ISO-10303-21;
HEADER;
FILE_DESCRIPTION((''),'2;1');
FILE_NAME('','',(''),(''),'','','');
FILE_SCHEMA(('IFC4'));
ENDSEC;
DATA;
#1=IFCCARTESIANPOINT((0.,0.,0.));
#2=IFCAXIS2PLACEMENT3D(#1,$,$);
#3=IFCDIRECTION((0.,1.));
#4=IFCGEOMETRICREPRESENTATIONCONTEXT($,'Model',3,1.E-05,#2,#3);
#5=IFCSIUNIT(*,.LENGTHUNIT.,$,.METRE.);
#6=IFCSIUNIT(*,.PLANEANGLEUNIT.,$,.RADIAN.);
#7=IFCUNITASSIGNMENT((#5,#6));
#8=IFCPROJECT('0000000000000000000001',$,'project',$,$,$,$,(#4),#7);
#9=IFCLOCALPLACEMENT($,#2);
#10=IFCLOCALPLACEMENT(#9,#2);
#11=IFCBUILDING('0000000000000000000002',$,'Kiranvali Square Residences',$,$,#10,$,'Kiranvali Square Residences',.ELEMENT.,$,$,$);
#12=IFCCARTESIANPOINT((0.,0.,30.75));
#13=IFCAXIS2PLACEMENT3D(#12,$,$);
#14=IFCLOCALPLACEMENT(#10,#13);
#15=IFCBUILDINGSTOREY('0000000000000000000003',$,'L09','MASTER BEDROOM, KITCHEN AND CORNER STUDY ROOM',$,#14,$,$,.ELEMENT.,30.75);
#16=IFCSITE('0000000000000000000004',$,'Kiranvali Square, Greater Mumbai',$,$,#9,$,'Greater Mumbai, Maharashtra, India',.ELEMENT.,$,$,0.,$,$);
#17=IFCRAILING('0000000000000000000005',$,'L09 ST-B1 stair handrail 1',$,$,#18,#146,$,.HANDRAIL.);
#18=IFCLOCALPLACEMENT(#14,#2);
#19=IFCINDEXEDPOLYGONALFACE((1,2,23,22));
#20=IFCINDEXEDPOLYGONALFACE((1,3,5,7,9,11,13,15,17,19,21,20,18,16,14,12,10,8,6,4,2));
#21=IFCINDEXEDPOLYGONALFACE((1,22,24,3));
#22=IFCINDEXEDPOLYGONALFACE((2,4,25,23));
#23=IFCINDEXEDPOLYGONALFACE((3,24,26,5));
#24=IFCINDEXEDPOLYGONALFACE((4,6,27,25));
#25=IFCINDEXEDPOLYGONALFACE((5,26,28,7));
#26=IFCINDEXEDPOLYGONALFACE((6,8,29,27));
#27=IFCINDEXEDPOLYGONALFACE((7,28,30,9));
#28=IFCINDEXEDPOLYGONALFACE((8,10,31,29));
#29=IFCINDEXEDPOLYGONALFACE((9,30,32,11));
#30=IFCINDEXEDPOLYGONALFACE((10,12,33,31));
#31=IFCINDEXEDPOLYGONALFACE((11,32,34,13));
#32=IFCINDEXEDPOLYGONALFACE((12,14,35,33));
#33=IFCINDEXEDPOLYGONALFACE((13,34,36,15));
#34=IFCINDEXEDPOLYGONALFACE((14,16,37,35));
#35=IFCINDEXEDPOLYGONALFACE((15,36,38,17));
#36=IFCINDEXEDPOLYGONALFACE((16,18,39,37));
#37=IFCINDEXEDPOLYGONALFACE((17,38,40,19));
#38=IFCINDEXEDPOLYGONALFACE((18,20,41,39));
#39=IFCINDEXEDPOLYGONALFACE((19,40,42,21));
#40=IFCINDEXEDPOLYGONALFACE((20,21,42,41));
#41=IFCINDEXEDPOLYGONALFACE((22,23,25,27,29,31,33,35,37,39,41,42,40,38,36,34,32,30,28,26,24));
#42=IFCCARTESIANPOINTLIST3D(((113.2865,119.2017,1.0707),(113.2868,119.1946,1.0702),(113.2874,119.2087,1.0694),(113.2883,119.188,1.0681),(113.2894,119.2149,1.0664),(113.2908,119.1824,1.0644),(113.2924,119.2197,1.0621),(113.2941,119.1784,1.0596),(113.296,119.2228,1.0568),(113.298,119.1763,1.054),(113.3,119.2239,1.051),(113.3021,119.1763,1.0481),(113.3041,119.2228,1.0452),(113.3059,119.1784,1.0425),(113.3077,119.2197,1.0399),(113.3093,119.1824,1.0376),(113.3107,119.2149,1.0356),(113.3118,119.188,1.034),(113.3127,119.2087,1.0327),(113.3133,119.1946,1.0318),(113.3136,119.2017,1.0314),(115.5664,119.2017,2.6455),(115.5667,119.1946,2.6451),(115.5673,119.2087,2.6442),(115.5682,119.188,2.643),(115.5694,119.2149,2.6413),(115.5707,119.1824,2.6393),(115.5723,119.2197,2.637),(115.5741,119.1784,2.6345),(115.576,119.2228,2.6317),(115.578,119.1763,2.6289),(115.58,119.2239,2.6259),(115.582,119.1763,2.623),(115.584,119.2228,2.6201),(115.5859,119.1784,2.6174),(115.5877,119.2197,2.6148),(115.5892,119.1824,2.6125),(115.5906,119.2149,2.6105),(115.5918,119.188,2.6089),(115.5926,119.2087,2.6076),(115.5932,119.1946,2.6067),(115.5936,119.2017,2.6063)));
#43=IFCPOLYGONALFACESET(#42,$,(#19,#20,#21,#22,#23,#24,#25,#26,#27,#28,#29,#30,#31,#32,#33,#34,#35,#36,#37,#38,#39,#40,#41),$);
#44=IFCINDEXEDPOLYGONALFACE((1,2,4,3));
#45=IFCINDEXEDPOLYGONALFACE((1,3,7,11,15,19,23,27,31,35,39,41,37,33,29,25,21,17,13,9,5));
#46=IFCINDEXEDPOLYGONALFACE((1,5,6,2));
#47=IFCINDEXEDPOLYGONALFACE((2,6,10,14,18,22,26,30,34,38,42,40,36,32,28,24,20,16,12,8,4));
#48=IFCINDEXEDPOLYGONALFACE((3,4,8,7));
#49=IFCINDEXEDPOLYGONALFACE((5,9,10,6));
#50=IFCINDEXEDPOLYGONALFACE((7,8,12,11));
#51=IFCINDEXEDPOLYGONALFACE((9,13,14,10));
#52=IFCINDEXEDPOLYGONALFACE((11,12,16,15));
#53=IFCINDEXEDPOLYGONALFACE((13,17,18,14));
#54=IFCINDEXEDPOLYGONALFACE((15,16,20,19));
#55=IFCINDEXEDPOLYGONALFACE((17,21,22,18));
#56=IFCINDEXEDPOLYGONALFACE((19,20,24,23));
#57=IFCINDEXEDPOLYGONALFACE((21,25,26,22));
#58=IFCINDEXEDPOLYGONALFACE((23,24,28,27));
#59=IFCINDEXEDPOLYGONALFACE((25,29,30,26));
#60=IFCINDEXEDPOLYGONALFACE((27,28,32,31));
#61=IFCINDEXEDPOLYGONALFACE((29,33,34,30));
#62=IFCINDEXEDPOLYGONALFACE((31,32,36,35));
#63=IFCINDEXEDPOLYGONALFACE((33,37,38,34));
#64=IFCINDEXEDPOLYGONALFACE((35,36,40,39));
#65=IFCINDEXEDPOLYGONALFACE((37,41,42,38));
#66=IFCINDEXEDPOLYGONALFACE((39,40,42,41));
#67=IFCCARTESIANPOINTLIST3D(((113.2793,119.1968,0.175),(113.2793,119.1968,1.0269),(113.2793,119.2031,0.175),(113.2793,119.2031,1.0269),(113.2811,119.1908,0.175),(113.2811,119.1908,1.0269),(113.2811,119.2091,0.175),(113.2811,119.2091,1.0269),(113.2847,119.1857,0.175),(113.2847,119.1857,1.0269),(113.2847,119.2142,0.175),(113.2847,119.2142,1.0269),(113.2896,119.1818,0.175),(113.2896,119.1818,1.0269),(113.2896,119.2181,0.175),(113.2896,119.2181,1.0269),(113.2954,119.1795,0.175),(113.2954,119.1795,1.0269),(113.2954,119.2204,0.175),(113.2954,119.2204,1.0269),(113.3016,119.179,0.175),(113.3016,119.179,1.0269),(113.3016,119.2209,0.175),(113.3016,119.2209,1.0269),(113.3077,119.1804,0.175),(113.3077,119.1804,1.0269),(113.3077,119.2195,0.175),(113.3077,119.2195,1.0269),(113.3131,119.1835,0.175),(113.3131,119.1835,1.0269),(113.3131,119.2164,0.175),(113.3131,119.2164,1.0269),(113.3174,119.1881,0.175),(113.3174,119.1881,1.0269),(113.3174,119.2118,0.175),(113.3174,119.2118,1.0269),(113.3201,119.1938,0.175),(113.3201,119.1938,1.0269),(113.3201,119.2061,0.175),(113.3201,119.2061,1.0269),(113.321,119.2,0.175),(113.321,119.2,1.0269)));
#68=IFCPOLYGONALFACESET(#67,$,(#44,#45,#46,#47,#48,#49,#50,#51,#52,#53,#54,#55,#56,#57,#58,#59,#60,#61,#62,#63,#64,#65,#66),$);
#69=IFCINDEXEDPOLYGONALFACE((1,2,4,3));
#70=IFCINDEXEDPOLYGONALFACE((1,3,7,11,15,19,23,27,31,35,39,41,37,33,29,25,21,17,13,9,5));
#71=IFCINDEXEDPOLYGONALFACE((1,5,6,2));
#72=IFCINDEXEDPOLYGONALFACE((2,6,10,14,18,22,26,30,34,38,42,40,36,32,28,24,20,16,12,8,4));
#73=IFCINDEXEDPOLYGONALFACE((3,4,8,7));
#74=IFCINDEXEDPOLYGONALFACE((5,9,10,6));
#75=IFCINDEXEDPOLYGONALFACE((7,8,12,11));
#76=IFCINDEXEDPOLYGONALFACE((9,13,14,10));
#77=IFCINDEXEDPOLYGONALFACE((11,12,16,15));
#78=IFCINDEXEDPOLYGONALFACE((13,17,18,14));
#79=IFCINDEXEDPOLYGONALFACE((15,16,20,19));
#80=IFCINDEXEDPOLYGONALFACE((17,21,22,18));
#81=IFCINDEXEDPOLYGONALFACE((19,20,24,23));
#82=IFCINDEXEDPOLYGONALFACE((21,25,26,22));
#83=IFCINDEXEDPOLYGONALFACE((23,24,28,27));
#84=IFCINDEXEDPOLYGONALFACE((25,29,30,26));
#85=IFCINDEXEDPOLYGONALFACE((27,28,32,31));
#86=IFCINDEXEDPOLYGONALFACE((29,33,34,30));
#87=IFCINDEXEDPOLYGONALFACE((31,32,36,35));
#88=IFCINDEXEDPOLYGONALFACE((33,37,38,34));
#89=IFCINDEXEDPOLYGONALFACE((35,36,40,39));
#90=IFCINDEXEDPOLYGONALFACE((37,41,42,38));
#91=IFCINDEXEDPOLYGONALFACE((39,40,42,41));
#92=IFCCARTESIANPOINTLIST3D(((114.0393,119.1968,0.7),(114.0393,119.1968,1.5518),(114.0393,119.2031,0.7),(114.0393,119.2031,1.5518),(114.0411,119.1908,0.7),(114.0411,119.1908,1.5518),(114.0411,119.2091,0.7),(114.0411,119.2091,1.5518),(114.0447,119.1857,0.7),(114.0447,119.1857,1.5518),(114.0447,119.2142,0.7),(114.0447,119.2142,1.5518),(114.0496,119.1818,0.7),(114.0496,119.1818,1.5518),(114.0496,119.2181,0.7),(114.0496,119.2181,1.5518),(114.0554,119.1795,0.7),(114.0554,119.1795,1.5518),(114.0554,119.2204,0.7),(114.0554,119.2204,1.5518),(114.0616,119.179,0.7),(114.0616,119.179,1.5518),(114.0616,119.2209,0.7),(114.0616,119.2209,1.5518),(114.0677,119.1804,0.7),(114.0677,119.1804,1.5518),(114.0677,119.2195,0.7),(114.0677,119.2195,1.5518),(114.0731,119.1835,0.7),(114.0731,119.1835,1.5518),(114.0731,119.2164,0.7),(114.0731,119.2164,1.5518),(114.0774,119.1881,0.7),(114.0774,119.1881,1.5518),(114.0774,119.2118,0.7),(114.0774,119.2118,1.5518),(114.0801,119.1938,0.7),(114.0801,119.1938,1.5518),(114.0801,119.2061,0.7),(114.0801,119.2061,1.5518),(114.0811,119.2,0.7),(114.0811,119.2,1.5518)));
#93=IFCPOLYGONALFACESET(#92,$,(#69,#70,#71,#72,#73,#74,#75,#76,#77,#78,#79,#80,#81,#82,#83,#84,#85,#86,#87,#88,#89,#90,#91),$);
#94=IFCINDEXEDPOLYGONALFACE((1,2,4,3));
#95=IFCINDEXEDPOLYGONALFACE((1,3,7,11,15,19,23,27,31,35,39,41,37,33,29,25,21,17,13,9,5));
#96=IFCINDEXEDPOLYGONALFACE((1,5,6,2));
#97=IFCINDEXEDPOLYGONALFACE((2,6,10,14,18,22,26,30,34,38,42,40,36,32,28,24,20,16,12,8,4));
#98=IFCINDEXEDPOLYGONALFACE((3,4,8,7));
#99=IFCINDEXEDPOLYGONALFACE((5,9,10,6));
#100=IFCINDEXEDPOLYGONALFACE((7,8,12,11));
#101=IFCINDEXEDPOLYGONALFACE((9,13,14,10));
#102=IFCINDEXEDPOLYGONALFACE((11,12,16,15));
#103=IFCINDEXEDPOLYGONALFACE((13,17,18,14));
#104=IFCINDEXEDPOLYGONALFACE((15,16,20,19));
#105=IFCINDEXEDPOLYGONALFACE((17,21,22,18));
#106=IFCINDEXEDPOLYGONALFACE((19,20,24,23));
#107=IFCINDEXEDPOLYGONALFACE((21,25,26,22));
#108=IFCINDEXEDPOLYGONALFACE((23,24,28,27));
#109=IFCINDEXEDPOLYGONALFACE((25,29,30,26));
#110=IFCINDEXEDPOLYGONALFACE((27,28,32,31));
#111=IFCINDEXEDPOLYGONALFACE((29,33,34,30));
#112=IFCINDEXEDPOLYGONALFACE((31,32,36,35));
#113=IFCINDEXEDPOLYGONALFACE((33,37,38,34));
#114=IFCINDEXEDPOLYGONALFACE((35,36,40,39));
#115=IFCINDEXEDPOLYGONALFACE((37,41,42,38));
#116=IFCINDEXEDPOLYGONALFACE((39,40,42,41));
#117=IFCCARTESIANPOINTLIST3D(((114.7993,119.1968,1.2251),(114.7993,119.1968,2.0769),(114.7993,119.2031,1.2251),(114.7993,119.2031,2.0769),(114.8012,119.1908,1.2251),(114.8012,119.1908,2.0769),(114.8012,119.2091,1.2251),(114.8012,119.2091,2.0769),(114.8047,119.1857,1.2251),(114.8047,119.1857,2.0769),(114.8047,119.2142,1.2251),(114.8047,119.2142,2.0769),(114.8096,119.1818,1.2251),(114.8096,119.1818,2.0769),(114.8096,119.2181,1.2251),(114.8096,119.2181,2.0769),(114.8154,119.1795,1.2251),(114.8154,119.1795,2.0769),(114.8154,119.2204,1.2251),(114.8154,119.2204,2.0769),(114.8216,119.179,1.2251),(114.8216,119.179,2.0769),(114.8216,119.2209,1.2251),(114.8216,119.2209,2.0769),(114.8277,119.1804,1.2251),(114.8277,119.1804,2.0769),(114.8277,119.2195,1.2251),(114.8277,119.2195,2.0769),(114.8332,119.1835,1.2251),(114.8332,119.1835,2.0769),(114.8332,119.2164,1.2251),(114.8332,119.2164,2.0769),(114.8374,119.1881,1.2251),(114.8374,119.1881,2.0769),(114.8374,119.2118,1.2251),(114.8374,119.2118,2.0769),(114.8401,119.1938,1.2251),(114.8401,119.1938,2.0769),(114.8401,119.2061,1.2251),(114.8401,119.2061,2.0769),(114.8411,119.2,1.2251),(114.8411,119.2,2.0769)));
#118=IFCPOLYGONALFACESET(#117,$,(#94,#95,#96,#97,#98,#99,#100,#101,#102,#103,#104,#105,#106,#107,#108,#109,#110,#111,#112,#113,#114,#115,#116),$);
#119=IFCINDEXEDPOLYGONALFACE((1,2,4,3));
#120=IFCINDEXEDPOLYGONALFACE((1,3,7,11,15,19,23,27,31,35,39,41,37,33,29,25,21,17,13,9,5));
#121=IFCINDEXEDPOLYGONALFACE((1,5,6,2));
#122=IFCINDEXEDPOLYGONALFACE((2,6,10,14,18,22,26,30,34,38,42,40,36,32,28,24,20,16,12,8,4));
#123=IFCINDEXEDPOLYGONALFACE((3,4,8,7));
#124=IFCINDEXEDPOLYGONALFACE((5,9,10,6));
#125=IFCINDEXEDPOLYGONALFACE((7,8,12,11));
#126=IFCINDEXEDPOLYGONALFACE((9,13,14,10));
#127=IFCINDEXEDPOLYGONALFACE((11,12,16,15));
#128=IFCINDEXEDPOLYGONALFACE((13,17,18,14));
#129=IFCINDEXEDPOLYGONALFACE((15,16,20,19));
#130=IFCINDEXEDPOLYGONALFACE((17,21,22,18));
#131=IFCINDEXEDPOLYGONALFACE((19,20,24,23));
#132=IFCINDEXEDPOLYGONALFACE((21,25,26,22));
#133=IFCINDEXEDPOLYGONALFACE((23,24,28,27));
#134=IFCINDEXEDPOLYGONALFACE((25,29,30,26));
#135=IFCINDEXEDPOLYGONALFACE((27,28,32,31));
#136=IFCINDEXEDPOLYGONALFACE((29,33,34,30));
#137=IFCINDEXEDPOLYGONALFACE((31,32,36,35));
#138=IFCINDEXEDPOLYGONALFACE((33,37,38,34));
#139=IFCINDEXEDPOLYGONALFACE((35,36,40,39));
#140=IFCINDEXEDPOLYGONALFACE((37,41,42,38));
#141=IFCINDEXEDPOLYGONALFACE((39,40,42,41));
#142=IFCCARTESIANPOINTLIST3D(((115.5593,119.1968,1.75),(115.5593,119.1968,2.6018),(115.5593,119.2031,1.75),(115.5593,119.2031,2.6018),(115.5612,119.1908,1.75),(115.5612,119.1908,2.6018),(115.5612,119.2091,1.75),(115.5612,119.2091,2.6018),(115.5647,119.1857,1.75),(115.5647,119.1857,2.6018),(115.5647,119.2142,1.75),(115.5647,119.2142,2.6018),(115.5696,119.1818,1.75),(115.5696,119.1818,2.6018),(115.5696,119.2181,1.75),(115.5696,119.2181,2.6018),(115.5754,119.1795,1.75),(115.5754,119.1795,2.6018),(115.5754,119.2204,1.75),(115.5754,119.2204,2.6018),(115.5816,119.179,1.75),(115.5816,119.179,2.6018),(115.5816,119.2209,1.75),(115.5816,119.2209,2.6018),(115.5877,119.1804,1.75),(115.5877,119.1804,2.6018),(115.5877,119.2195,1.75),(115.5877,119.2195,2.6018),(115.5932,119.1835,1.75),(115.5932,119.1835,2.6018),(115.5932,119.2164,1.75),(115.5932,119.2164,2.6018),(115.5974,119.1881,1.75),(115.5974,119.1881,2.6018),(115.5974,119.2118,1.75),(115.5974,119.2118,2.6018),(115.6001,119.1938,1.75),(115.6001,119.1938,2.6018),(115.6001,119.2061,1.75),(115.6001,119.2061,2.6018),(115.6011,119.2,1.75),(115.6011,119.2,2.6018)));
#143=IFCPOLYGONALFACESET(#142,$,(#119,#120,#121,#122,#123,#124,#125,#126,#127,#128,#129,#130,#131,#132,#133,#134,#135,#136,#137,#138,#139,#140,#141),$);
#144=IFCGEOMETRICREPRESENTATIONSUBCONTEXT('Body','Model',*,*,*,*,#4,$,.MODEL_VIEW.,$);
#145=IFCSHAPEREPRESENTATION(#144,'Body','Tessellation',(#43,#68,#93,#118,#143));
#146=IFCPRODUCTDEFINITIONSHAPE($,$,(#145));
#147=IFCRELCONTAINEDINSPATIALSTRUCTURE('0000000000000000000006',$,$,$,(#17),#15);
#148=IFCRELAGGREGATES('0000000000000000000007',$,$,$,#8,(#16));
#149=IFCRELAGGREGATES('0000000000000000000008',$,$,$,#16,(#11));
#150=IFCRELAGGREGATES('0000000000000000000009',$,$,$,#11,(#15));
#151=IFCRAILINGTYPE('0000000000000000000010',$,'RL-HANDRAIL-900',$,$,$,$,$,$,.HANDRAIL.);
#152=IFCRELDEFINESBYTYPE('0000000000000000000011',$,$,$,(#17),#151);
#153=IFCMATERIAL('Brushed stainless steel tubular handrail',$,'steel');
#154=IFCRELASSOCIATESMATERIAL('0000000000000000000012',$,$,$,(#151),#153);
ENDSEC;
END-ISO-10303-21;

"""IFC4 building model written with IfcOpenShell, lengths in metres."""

from ifc_helpers import new_model, si_unit, direction, frame, origin, origin_2d, place, context, subcontext, project, spatial, circle, extrude, material, type_object, element, save


model = new_model("IFC4")

# Units and contexts
model_context = context("Model", 3, precision=1e-05, world=origin(), true_north=direction((0.0, 1.0)))
body_context = subcontext(model_context, "Body", "Model", "MODEL_VIEW")
ifc_project = project(units=[si_unit("LENGTHUNIT", "METRE"), si_unit("PLANEANGLEUNIT", "RADIAN")], contexts=[model_context])

# Site, building, storey
site_placement = place(None, origin())
site = spatial("IfcSite", under=ifc_project, at=site_placement, Name="Kiranvali Square, Greater Mumbai", LongName="Greater Mumbai, Maharashtra, India", CompositionType="ELEMENT", RefElevation=0.0)
building_placement = place(site_placement, origin())
building = spatial("IfcBuilding", under=site, at=building_placement, Name="Kiranvali Square Residences", LongName="Kiranvali Square Residences", CompositionType="ELEMENT")
storey_placement = place(building_placement, frame((0.0, 0.0, 30.75)))
storey = spatial("IfcBuildingStorey", under=building, at=storey_placement, Name="L09", Description="MASTER BEDROOM, KITCHEN AND CORNER STUDY ROOM", CompositionType="ELEMENT", Elevation=30.75)

# Railing
ifc_material_1 = material(Name="Brushed stainless steel tubular handrail", Category="steel")
railing_type_1 = type_object("IfcRailingType", Name="RL-HANDRAIL-900", PredefinedType="HANDRAIL", material=ifc_material_1)
railing_1_placement = place(storey_placement, frame((113.3, 119.2, 0.175)))
element("IfcRailing", 1, at=railing_1_placement, inside=storey, type_object=railing_type_1, Name="L09 ST-B1 stair handrail 1", PredefinedType="HANDRAIL", context=body_context, shape_type="SweptSolid", body=[
    extrude(circle(Radius=0.0239, at=origin_2d()), frame((0.0, 0.0, 0.876), z_axis=(0.822788, 0.0, 0.568348), x_axis=(0.0, 1.0, 0.0)), (0.0, 0.0, 1.0), 2.771),
    extrude(circle(Radius=0.021, at=origin_2d()), origin(), (0.0, 0.0, 1.0), 0.8518),
    extrude(circle(Radius=0.021, at=origin_2d()), frame((0.76, 0.0, 0.5249)), (0.0, 0.0, 1.0), 0.8518),
    extrude(circle(Radius=0.021, at=origin_2d()), frame((1.52, 0.0, 1.05)), (0.0, 0.0, 1.0), 0.8518),
    extrude(circle(Radius=0.021, at=origin_2d()), frame((2.28, 0.0, 1.575)), (0.0, 0.0, 1.0), 0.8518),
])

save(model, "model.ifc")
